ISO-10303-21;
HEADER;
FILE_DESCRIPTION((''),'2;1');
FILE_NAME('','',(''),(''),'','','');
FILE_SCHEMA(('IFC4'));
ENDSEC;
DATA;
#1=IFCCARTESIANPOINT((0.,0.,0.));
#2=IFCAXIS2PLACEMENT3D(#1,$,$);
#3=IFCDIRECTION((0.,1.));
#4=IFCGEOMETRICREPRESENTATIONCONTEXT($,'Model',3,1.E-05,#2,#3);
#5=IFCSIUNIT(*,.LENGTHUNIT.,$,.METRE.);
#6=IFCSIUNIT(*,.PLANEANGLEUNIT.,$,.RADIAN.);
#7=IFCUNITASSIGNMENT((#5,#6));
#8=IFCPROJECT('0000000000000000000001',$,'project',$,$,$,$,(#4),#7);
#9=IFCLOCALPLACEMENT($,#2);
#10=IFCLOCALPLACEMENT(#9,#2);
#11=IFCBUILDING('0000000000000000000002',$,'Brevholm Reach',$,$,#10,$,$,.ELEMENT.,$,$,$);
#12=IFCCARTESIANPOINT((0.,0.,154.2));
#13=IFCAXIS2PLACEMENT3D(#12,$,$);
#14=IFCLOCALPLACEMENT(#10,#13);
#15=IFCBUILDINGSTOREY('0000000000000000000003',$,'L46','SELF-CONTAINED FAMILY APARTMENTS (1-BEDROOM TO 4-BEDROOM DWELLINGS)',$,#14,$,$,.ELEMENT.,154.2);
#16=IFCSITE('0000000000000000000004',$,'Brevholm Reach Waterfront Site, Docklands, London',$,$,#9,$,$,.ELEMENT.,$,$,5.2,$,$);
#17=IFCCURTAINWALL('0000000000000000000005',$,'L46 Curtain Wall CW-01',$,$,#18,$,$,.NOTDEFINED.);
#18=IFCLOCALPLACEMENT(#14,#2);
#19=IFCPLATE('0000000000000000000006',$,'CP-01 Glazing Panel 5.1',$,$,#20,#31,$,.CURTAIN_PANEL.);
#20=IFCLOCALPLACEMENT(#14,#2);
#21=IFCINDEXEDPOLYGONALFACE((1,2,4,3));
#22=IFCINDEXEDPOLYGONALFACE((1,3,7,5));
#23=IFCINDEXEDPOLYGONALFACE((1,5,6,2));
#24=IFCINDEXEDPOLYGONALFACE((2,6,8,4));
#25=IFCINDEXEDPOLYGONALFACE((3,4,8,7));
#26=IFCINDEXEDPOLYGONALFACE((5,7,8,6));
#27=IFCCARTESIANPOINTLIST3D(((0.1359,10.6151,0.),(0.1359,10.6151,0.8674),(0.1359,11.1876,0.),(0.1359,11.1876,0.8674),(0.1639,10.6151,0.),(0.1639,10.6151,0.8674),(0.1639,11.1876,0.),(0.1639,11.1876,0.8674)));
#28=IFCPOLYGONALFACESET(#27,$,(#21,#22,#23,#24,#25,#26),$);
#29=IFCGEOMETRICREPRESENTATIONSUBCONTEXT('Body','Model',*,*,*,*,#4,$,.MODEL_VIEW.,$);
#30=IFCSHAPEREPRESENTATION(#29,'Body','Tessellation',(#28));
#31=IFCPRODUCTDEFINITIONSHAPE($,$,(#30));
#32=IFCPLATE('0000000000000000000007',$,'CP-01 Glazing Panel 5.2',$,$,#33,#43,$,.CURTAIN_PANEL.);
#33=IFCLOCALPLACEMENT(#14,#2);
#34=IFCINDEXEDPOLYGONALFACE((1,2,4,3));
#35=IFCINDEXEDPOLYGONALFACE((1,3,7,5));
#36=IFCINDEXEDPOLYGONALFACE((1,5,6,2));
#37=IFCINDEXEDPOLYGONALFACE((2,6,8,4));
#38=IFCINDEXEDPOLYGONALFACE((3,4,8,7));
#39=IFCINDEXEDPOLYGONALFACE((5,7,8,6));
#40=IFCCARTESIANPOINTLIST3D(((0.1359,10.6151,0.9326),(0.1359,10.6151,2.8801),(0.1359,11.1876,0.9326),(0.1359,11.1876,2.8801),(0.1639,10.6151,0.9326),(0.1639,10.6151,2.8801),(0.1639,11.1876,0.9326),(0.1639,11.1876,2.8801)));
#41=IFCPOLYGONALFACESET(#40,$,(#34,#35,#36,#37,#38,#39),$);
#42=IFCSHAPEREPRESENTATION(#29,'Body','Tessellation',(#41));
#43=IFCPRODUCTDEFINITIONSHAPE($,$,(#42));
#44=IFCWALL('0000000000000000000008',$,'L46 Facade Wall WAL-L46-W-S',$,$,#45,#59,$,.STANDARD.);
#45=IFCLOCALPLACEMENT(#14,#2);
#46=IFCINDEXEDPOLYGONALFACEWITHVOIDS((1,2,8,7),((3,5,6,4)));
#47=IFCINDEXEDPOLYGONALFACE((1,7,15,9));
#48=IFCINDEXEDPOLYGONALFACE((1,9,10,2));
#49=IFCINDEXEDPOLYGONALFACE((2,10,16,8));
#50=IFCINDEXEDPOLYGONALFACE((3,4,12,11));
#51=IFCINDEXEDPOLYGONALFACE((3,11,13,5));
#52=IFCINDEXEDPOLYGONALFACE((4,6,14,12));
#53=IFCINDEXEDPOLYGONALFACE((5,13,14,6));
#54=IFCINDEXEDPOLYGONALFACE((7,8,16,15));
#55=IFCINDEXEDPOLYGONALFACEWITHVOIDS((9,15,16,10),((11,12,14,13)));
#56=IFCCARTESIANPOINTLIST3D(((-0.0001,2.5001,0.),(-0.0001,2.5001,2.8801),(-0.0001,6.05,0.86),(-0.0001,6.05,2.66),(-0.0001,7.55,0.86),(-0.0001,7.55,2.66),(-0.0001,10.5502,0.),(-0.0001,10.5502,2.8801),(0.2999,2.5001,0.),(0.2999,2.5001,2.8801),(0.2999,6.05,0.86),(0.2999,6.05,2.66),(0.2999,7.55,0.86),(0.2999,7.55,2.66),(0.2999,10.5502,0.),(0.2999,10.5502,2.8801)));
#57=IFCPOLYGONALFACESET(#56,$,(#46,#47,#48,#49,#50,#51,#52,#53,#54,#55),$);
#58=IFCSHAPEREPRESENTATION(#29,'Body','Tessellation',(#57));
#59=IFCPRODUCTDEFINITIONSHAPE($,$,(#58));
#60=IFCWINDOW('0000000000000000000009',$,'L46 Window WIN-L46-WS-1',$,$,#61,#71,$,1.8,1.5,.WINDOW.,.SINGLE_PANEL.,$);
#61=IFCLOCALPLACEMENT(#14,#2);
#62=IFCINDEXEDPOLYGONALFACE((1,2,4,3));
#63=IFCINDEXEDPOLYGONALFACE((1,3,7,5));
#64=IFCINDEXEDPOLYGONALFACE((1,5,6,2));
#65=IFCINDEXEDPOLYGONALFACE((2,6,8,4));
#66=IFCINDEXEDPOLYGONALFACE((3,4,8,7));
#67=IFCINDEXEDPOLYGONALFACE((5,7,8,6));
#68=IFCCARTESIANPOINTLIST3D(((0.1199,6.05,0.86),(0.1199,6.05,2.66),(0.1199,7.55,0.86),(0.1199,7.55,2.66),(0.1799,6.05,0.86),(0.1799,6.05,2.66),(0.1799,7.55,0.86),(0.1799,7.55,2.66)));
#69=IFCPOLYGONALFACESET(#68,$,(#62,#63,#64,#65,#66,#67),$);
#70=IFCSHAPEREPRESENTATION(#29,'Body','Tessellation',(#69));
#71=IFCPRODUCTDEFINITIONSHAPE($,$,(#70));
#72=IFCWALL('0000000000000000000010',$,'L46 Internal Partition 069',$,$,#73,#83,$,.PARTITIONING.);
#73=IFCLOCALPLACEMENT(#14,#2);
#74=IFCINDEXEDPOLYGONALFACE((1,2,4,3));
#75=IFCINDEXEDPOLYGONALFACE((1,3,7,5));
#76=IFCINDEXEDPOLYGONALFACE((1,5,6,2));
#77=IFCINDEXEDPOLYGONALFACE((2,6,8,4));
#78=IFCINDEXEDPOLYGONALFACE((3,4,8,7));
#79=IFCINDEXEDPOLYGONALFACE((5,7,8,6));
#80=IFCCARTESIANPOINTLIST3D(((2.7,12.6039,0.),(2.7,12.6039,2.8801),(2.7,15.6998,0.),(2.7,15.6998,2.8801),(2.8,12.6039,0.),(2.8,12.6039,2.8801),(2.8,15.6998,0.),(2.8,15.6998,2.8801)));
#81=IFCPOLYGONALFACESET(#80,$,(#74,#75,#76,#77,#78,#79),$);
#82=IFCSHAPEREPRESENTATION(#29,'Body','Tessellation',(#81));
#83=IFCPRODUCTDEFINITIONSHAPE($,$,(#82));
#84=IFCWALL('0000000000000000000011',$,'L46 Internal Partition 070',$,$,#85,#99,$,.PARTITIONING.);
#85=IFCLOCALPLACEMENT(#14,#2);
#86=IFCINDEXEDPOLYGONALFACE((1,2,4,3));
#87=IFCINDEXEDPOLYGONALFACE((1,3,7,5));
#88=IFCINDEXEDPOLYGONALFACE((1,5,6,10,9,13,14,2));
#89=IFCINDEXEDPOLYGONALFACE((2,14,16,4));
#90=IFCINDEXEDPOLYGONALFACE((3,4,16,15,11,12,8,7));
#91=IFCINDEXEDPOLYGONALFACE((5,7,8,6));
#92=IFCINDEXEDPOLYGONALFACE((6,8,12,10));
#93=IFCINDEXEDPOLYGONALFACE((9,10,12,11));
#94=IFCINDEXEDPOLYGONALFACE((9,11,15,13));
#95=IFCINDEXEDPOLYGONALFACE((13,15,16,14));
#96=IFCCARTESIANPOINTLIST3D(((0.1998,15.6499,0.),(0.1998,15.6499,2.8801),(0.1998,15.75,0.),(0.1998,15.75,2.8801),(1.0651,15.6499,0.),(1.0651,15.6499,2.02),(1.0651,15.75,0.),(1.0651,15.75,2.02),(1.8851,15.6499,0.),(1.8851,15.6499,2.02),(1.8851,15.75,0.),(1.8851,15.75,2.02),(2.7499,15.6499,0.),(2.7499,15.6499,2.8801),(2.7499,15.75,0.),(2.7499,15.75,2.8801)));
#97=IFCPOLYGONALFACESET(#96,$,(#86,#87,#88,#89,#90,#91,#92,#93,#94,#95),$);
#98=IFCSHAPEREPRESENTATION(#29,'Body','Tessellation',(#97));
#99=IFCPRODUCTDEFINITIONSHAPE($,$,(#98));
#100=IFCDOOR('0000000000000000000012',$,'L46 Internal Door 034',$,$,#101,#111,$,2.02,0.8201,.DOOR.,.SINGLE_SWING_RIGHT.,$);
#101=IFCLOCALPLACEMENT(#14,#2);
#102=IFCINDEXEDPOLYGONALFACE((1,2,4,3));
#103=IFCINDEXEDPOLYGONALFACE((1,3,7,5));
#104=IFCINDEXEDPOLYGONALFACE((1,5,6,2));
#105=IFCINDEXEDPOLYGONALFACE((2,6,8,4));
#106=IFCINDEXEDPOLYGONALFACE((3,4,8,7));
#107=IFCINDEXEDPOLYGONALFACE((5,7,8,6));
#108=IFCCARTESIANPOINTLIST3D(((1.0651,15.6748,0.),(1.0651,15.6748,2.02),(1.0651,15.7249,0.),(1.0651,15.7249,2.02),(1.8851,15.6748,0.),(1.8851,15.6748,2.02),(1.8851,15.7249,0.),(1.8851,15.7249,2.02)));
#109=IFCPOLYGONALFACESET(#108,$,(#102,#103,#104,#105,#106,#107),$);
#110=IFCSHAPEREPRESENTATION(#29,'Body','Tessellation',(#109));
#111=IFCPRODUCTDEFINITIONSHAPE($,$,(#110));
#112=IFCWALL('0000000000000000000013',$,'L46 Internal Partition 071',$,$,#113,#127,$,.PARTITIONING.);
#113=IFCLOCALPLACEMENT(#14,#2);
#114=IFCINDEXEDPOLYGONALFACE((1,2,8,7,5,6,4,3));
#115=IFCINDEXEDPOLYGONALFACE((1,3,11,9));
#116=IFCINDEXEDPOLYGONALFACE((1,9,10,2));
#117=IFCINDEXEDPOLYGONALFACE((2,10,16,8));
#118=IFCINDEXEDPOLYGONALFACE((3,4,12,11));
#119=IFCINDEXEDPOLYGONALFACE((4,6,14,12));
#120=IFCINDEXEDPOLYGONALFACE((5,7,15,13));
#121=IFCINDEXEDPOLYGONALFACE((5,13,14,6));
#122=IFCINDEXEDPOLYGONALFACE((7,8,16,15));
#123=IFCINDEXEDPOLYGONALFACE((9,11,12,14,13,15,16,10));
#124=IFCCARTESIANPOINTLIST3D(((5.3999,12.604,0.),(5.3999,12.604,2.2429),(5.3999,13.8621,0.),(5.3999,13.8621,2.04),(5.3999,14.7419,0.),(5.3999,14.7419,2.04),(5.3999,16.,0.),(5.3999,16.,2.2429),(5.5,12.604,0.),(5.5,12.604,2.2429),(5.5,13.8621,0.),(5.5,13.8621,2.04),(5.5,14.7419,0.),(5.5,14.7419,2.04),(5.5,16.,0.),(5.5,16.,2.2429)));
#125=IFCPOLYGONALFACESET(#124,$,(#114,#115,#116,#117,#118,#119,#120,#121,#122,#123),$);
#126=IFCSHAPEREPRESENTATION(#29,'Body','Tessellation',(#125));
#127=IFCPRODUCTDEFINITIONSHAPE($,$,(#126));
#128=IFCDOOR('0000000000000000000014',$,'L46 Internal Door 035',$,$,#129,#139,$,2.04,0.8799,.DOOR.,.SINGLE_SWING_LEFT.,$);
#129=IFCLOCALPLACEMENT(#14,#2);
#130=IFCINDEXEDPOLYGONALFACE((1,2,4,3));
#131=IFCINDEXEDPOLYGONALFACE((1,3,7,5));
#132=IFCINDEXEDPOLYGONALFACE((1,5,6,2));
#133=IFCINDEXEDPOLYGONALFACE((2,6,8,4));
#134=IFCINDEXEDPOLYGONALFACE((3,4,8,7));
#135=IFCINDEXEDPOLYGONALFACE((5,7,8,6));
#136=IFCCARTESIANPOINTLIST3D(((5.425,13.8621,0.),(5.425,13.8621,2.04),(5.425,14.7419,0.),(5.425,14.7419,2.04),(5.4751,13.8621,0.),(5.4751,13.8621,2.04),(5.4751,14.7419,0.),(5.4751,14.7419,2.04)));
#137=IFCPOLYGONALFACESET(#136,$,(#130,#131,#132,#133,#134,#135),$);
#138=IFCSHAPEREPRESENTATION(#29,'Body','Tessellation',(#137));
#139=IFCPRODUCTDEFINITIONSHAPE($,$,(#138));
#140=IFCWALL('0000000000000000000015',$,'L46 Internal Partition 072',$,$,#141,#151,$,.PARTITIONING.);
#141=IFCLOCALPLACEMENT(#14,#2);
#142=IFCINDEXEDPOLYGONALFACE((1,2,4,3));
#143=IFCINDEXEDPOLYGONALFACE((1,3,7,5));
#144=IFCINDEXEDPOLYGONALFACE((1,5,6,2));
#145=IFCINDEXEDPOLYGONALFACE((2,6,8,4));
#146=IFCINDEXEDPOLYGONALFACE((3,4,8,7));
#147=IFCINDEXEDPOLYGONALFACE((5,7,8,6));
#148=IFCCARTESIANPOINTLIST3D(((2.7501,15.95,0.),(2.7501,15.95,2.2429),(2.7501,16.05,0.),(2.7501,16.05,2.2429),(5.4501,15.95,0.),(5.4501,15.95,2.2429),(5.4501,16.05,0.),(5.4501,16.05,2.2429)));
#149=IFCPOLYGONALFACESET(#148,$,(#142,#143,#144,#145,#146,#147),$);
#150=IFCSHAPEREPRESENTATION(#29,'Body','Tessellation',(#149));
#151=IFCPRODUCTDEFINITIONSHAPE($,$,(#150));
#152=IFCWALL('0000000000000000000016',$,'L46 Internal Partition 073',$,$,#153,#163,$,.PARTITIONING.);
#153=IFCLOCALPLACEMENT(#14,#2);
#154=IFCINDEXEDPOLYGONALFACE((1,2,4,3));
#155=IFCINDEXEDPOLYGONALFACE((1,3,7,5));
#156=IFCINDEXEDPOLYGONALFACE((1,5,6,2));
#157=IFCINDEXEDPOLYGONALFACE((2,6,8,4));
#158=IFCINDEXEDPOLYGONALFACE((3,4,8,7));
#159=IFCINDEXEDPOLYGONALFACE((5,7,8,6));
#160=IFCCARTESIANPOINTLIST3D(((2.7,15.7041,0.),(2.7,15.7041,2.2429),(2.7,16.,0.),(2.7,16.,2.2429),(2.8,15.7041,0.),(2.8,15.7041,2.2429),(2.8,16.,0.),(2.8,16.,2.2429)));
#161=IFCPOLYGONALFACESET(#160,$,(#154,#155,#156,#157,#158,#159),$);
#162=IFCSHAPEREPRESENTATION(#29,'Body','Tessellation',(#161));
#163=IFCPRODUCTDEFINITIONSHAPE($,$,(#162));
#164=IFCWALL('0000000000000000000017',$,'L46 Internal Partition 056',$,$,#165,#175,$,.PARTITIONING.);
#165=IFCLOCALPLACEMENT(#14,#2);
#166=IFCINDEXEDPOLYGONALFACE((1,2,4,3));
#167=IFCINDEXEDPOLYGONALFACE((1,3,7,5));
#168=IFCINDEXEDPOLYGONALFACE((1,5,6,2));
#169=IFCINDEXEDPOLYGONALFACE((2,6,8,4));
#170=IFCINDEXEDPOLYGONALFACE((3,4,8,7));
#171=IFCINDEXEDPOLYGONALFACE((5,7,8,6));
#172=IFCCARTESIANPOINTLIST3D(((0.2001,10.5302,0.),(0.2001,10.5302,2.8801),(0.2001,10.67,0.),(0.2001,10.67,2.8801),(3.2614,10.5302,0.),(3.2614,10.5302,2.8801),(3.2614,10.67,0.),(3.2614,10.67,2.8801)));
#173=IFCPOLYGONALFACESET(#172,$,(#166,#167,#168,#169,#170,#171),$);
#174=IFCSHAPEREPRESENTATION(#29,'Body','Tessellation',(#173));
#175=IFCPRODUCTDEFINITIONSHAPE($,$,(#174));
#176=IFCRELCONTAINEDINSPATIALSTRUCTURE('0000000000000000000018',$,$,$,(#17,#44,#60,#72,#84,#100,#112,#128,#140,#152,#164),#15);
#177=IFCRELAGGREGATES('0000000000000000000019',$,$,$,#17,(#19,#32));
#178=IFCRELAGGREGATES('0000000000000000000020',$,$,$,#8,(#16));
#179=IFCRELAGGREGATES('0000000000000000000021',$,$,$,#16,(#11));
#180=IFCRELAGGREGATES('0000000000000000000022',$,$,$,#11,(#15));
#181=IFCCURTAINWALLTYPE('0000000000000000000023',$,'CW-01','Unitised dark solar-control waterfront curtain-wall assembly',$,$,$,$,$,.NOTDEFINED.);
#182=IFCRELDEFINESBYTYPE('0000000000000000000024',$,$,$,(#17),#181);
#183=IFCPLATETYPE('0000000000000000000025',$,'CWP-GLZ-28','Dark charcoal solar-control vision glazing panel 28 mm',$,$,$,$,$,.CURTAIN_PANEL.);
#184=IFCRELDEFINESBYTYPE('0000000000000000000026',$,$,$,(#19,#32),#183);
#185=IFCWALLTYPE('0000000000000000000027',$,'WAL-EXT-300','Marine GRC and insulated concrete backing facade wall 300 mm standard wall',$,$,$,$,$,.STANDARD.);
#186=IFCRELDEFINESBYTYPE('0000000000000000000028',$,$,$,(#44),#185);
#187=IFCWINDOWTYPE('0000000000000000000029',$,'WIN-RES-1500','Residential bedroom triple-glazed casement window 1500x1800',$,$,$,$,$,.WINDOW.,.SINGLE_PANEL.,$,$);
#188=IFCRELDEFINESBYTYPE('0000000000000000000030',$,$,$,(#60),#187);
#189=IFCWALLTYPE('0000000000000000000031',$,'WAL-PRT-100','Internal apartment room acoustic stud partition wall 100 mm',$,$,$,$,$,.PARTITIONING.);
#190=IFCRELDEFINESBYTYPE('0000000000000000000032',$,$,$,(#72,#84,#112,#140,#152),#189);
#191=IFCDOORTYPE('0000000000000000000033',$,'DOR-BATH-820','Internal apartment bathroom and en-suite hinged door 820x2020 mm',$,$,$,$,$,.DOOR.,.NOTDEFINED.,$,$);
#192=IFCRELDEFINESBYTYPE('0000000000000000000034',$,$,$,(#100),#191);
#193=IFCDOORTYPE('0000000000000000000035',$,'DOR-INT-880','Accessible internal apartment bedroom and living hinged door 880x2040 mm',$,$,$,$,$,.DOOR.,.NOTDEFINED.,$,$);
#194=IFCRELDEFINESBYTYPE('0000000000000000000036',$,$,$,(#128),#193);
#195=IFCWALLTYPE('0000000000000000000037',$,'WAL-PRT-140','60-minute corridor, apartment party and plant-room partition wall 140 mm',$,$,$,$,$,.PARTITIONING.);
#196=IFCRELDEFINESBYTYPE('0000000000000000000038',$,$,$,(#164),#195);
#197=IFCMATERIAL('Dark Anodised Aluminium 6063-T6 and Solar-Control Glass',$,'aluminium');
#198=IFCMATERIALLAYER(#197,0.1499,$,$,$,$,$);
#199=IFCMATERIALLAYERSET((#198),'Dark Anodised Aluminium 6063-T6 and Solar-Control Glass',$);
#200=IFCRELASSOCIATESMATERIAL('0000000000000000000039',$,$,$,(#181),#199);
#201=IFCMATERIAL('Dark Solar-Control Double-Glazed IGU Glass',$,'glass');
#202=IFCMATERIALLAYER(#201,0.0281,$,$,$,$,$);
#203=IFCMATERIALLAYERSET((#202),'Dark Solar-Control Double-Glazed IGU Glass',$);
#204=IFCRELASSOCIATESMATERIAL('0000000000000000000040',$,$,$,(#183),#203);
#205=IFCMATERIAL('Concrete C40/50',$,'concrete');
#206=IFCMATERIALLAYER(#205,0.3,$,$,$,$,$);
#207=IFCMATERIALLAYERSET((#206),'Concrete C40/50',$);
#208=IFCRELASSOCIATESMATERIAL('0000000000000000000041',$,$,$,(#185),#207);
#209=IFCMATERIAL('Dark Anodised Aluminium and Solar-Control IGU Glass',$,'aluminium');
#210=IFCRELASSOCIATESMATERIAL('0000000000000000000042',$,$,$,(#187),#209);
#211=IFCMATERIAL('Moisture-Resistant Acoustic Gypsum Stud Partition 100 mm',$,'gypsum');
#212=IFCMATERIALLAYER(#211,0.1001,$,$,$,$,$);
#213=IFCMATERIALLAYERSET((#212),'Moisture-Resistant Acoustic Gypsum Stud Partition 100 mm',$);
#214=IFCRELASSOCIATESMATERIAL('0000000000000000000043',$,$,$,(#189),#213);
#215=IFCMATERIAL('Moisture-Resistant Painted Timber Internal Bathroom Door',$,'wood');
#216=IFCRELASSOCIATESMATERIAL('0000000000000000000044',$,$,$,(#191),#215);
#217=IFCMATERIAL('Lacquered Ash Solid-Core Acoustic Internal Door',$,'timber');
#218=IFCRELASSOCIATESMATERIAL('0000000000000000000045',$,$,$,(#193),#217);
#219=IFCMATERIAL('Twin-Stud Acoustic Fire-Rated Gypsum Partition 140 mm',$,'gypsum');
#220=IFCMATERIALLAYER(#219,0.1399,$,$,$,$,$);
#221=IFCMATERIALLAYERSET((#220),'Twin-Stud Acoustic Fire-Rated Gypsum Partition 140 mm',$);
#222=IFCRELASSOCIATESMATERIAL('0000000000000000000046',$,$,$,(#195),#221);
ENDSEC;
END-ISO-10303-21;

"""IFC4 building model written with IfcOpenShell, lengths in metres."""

from ifc_helpers import new_model, si_unit, direction, frame, frame_2d, origin, origin_2d, place, context, subcontext, project, spatial, rectangle, extrude, material, layer, layer_set, type_object, element, fill, aggregate, save


model = new_model("IFC4")

# Units and contexts
model_context = context("Model", 3, precision=1e-05, world=origin(), true_north=direction((0.0, 1.0)))
body_context = subcontext(model_context, "Body", "Model", "MODEL_VIEW")
ifc_project = project(units=[si_unit("LENGTHUNIT", "METRE"), si_unit("PLANEANGLEUNIT", "RADIAN")], contexts=[model_context])

# Site, building, storey
site_placement = place(None, origin())
site = spatial("IfcSite", under=ifc_project, at=site_placement, Name="Brevholm Reach Waterfront Site, Docklands, London", CompositionType="ELEMENT", RefElevation=5.2)
building_placement = place(site_placement, origin())
building = spatial("IfcBuilding", under=site, at=building_placement, Name="Brevholm Reach", CompositionType="ELEMENT")
storey_placement = place(building_placement, frame((0.0, 0.0, 154.2)))
storey = spatial("IfcBuildingStorey", under=building, at=storey_placement, Name="L46", Description="SELF-CONTAINED FAMILY APARTMENTS (1-BEDROOM TO 4-BEDROOM DWELLINGS)", CompositionType="ELEMENT", Elevation=154.2)

# Curtain wall, plates
ifc_material_1 = material(Name="Dark Anodised Aluminium 6063-T6 and Solar-Control Glass", Category="aluminium")
ifc_layer_1 = layer(ifc_material_1, 0.1499)
ifc_layer_set_1 = layer_set([ifc_layer_1], Name="Dark Anodised Aluminium 6063-T6 and Solar-Control Glass")
curtain_wall_type = type_object("IfcCurtainWallType", Name="CW-01", Description="Unitised dark solar-control waterfront curtain-wall assembly", PredefinedType="NOTDEFINED", material=ifc_layer_set_1)
curtain_wall_placement = place(storey_placement, origin())
curtain_wall = element("IfcCurtainWall", 1, at=curtain_wall_placement, inside=storey, type_object=curtain_wall_type, Name="L46 Curtain Wall CW-01", PredefinedType="NOTDEFINED")
ifc_material_2 = material(Name="Dark Solar-Control Double-Glazed IGU Glass", Category="glass")
ifc_layer_2 = layer(ifc_material_2, 0.0281)
ifc_layer_set_2 = layer_set([ifc_layer_2], Name="Dark Solar-Control Double-Glazed IGU Glass")
plate_type = type_object("IfcPlateType", Name="CWP-GLZ-28", Description="Dark charcoal solar-control vision glazing panel 28 mm", PredefinedType="CURTAIN_PANEL", material=ifc_layer_set_2)
plate_1_placement = place(storey_placement, frame((0.1499, 10.9014, 0.0), z_axis=(0.0, 0.0, 1.0), x_axis=(0.0, -1.0, 0.0)))
plate_1 = element("IfcPlate", 2, at=plate_1_placement, type_object=plate_type, Name="CP-01 Glazing Panel 5.1", PredefinedType="CURTAIN_PANEL", context=body_context, shape_type="SweptSolid", body=[
    extrude(rectangle(XDim=0.5725, YDim=0.0281, at=origin_2d()), origin(), (0.0, 0.0, 1.0), 0.8674),
])
plate_2_placement = place(storey_placement, frame((0.1499, 10.9014, 0.9326), z_axis=(0.0, 0.0, 1.0), x_axis=(0.0, -1.0, 0.0)))
plate_2 = element("IfcPlate", 3, at=plate_2_placement, type_object=plate_type, Name="CP-01 Glazing Panel 5.2", PredefinedType="CURTAIN_PANEL", context=body_context, shape_type="SweptSolid", body=[
    extrude(rectangle(XDim=0.5725, YDim=0.0281, at=origin_2d()), origin(), (0.0, 0.0, 1.0), 1.9475),
])
aggregate(curtain_wall, [plate_1, plate_2])

# Wall, opening, window
ifc_material_3 = material(Name="Concrete C40/50", Category="concrete")
ifc_layer_3 = layer(ifc_material_3, 0.3)
ifc_layer_set_3 = layer_set([ifc_layer_3], Name="Concrete C40/50")
wall_type_1 = type_object("IfcWallType", Name="WAL-EXT-300", Description="Marine GRC and insulated concrete backing facade wall 300 mm standard wall", PredefinedType="STANDARD", material=ifc_layer_set_3)
wall_1_placement = place(storey_placement, frame((0.1499, 10.55, 0.0), z_axis=(0.0, 0.0, 1.0), x_axis=(0.0, -1.0, 0.0)))
wall_1 = element("IfcWall", 4, at=wall_1_placement, inside=storey, type_object=wall_type_1, Name="L46 Facade Wall WAL-L46-W-S", PredefinedType="STANDARD", context=body_context, shape_type="SweptSolid", body=[
    extrude(rectangle(XDim=8.05, YDim=0.3, at=frame_2d((4.0249, 0.0))), origin(), (0.0, 0.0, 1.0), 2.8801),
])
opening_1_placement = place(wall_1_placement, frame((3.0, 0.0, 0.8601)))
opening_1 = element("IfcOpeningElement", 5, at=opening_1_placement, cuts=wall_1, PredefinedType="OPENING", context=body_context, shape_type="SweptSolid", body=[
    extrude(rectangle(XDim=1.5, YDim=1.8, at=frame_2d((0.75, 0.8999))), frame((0.0, 0.1599, 0.0), z_axis=(0.0, -1.0, 0.0), x_axis=(1.0, 0.0, 0.0)), (0.0, 0.0, 1.0), 0.3201),
])
ifc_material_4 = material(Name="Dark Anodised Aluminium and Solar-Control IGU Glass", Category="aluminium")
window_type = type_object("IfcWindowType", Name="WIN-RES-1500", Description="Residential bedroom triple-glazed casement window 1500x1800", PartitioningType="SINGLE_PANEL", PredefinedType="WINDOW", material=ifc_material_4)
window_placement = place(opening_1_placement, origin())
window = element("IfcWindow", 6, at=window_placement, inside=storey, type_object=window_type, Name="L46 Window WIN-L46-WS-1", OverallHeight=1.8, OverallWidth=1.5, PartitioningType="SINGLE_PANEL", PredefinedType="WINDOW", context=body_context, shape_type="SweptSolid", body=[
    extrude(rectangle(XDim=1.5, YDim=1.8, at=frame_2d((0.75, 0.8999))), frame((0.0, 0.03, 0.0), z_axis=(0.0, -1.0, 0.0), x_axis=(1.0, 0.0, 0.0)), (0.0, 0.0, 1.0), 0.0601),
])
fill(opening_1, window)

# Wall
ifc_material_5 = material(Name="Moisture-Resistant Acoustic Gypsum Stud Partition 100 mm", Category="gypsum")
ifc_layer_4 = layer(ifc_material_5, 0.1001)
ifc_layer_set_4 = layer_set([ifc_layer_4], Name="Moisture-Resistant Acoustic Gypsum Stud Partition 100 mm")
wall_type_2 = type_object("IfcWallType", Name="WAL-PRT-100", Description="Internal apartment room acoustic stud partition wall 100 mm", PredefinedType="PARTITIONING", material=ifc_layer_set_4)
wall_2_placement = place(storey_placement, frame((2.75, 12.604, 0.0), z_axis=(0.0, 0.0, 1.0), x_axis=(0.0, 1.0, 0.0)))
element("IfcWall", 7, at=wall_2_placement, inside=storey, type_object=wall_type_2, Name="L46 Internal Partition 069", PredefinedType="PARTITIONING", context=body_context, shape_type="SweptSolid", body=[
    extrude(rectangle(XDim=3.0959, YDim=0.1001, at=frame_2d((1.5479, 0.0))), origin(), (0.0, 0.0, 1.0), 2.8801),
])

# Walls, openings, doors
wall_3_placement = place(storey_placement, frame((0.2, 15.7, 0.0), z_axis=(0.0, 0.0, 1.0), x_axis=(1.0, 0.0, 0.0)))
wall_3 = element("IfcWall", 8, at=wall_3_placement, inside=storey, type_object=wall_type_2, Name="L46 Internal Partition 070", PredefinedType="PARTITIONING", context=body_context, shape_type="SweptSolid", body=[
    extrude(rectangle(XDim=2.55, YDim=0.1001, at=frame_2d((1.2749, 0.0))), origin(), (0.0, 0.0, 1.0), 2.8801),
])
opening_2_placement = place(wall_3_placement, frame((0.865, 0.0, 0.0)))
opening_2 = element("IfcOpeningElement", 9, at=opening_2_placement, cuts=wall_3, PredefinedType="OPENING", context=body_context, shape_type="SweptSolid", body=[
    extrude(rectangle(XDim=0.8201, YDim=2.02, at=frame_2d((0.4102, 1.01))), frame((0.0, 0.0601, 0.0), z_axis=(0.0, -1.0, 0.0), x_axis=(1.0, 0.0, 0.0)), (0.0, 0.0, 1.0), 0.1201),
])
ifc_material_6 = material(Name="Moisture-Resistant Painted Timber Internal Bathroom Door", Category="wood")
door_type_1 = type_object("IfcDoorType", Name="DOR-BATH-820", Description="Internal apartment bathroom and en-suite hinged door 820x2020 mm", OperationType="NOTDEFINED", PredefinedType="DOOR", material=ifc_material_6)
door_1_placement = place(opening_2_placement, origin())
door_1 = element("IfcDoor", 10, at=door_1_placement, inside=storey, type_object=door_type_1, Name="L46 Internal Door 034", OperationType="SINGLE_SWING_RIGHT", OverallHeight=2.02, OverallWidth=0.8201, PredefinedType="DOOR", context=body_context, shape_type="SweptSolid", body=[
    extrude(rectangle(XDim=0.8201, YDim=2.02, at=frame_2d((0.4102, 1.01))), frame((0.0, 0.0249, 0.0), z_axis=(0.0, -1.0, 0.0), x_axis=(1.0, 0.0, 0.0)), (0.0, 0.0, 1.0), 0.05),
])
fill(opening_2, door_1)
wall_4_placement = place(storey_placement, frame((5.45, 12.604, 0.0), z_axis=(0.0, 0.0, 1.0), x_axis=(0.0, 1.0, 0.0)))
wall_4 = element("IfcWall", 11, at=wall_4_placement, inside=storey, type_object=wall_type_2, Name="L46 Internal Partition 071", PredefinedType="PARTITIONING", context=body_context, shape_type="SweptSolid", body=[
    extrude(rectangle(XDim=3.396, YDim=0.1001, at=frame_2d((1.698, 0.0))), origin(), (0.0, 0.0, 1.0), 2.2429),
])
opening_3_placement = place(wall_4_placement, frame((1.2581, 0.0, 0.0)))
opening_3 = element("IfcOpeningElement", 12, at=opening_3_placement, cuts=wall_4, PredefinedType="OPENING", context=body_context, shape_type="SweptSolid", body=[
    extrude(rectangle(XDim=0.8799, YDim=2.04, at=frame_2d((0.4399, 1.02))), frame((0.0, 0.0601, 0.0), z_axis=(0.0, -1.0, 0.0), x_axis=(1.0, 0.0, 0.0)), (0.0, 0.0, 1.0), 0.1201),
])
ifc_material_7 = material(Name="Lacquered Ash Solid-Core Acoustic Internal Door", Category="timber")
door_type_2 = type_object("IfcDoorType", Name="DOR-INT-880", Description="Accessible internal apartment bedroom and living hinged door 880x2040 mm", OperationType="NOTDEFINED", PredefinedType="DOOR", material=ifc_material_7)
door_2_placement = place(opening_3_placement, origin())
door_2 = element("IfcDoor", 13, at=door_2_placement, inside=storey, type_object=door_type_2, Name="L46 Internal Door 035", OperationType="SINGLE_SWING_LEFT", OverallHeight=2.04, OverallWidth=0.8799, PredefinedType="DOOR", context=body_context, shape_type="SweptSolid", body=[
    extrude(rectangle(XDim=0.8799, YDim=2.04, at=frame_2d((0.4399, 1.02))), frame((0.0, 0.0249, 0.0), z_axis=(0.0, -1.0, 0.0), x_axis=(1.0, 0.0, 0.0)), (0.0, 0.0, 1.0), 0.05),
])
fill(opening_3, door_2)

# Walls
wall_5_placement = place(storey_placement, frame((2.75, 16.0, 0.0), z_axis=(0.0, 0.0, 1.0), x_axis=(1.0, 0.0, 0.0)))
element("IfcWall", 14, at=wall_5_placement, inside=storey, type_object=wall_type_2, Name="L46 Internal Partition 072", PredefinedType="PARTITIONING", context=body_context, shape_type="SweptSolid", body=[
    extrude(rectangle(XDim=2.7, YDim=0.1001, at=frame_2d((1.3501, 0.0))), origin(), (0.0, 0.0, 1.0), 2.2429),
])
wall_6_placement = place(storey_placement, frame((2.75, 15.7041, 0.0), z_axis=(0.0, 0.0, 1.0), x_axis=(0.0, 1.0, 0.0)))
element("IfcWall", 15, at=wall_6_placement, inside=storey, type_object=wall_type_2, Name="L46 Internal Partition 073", PredefinedType="PARTITIONING", context=body_context, shape_type="SweptSolid", body=[
    extrude(rectangle(XDim=0.2959, YDim=0.1001, at=frame_2d((0.1479, 0.0))), origin(), (0.0, 0.0, 1.0), 2.2429),
])
ifc_material_8 = material(Name="Twin-Stud Acoustic Fire-Rated Gypsum Partition 140 mm", Category="gypsum")
ifc_layer_5 = layer(ifc_material_8, 0.1399)
ifc_layer_set_5 = layer_set([ifc_layer_5], Name="Twin-Stud Acoustic Fire-Rated Gypsum Partition 140 mm")
wall_type_3 = type_object("IfcWallType", Name="WAL-PRT-140", Description="60-minute corridor, apartment party and plant-room partition wall 140 mm", PredefinedType="PARTITIONING", material=ifc_layer_set_5)
wall_7_placement = place(storey_placement, frame((0.2, 10.6001, 0.0), z_axis=(0.0, 0.0, 1.0), x_axis=(1.0, 0.0, 0.0)))
element("IfcWall", 16, at=wall_7_placement, inside=storey, type_object=wall_type_3, Name="L46 Internal Partition 056", PredefinedType="PARTITIONING", context=body_context, shape_type="SweptSolid", body=[
    extrude(rectangle(XDim=3.0613, YDim=0.1399, at=frame_2d((1.5308, 0.0))), origin(), (0.0, 0.0, 1.0), 2.8801),
])

save(model, "model.ifc")
